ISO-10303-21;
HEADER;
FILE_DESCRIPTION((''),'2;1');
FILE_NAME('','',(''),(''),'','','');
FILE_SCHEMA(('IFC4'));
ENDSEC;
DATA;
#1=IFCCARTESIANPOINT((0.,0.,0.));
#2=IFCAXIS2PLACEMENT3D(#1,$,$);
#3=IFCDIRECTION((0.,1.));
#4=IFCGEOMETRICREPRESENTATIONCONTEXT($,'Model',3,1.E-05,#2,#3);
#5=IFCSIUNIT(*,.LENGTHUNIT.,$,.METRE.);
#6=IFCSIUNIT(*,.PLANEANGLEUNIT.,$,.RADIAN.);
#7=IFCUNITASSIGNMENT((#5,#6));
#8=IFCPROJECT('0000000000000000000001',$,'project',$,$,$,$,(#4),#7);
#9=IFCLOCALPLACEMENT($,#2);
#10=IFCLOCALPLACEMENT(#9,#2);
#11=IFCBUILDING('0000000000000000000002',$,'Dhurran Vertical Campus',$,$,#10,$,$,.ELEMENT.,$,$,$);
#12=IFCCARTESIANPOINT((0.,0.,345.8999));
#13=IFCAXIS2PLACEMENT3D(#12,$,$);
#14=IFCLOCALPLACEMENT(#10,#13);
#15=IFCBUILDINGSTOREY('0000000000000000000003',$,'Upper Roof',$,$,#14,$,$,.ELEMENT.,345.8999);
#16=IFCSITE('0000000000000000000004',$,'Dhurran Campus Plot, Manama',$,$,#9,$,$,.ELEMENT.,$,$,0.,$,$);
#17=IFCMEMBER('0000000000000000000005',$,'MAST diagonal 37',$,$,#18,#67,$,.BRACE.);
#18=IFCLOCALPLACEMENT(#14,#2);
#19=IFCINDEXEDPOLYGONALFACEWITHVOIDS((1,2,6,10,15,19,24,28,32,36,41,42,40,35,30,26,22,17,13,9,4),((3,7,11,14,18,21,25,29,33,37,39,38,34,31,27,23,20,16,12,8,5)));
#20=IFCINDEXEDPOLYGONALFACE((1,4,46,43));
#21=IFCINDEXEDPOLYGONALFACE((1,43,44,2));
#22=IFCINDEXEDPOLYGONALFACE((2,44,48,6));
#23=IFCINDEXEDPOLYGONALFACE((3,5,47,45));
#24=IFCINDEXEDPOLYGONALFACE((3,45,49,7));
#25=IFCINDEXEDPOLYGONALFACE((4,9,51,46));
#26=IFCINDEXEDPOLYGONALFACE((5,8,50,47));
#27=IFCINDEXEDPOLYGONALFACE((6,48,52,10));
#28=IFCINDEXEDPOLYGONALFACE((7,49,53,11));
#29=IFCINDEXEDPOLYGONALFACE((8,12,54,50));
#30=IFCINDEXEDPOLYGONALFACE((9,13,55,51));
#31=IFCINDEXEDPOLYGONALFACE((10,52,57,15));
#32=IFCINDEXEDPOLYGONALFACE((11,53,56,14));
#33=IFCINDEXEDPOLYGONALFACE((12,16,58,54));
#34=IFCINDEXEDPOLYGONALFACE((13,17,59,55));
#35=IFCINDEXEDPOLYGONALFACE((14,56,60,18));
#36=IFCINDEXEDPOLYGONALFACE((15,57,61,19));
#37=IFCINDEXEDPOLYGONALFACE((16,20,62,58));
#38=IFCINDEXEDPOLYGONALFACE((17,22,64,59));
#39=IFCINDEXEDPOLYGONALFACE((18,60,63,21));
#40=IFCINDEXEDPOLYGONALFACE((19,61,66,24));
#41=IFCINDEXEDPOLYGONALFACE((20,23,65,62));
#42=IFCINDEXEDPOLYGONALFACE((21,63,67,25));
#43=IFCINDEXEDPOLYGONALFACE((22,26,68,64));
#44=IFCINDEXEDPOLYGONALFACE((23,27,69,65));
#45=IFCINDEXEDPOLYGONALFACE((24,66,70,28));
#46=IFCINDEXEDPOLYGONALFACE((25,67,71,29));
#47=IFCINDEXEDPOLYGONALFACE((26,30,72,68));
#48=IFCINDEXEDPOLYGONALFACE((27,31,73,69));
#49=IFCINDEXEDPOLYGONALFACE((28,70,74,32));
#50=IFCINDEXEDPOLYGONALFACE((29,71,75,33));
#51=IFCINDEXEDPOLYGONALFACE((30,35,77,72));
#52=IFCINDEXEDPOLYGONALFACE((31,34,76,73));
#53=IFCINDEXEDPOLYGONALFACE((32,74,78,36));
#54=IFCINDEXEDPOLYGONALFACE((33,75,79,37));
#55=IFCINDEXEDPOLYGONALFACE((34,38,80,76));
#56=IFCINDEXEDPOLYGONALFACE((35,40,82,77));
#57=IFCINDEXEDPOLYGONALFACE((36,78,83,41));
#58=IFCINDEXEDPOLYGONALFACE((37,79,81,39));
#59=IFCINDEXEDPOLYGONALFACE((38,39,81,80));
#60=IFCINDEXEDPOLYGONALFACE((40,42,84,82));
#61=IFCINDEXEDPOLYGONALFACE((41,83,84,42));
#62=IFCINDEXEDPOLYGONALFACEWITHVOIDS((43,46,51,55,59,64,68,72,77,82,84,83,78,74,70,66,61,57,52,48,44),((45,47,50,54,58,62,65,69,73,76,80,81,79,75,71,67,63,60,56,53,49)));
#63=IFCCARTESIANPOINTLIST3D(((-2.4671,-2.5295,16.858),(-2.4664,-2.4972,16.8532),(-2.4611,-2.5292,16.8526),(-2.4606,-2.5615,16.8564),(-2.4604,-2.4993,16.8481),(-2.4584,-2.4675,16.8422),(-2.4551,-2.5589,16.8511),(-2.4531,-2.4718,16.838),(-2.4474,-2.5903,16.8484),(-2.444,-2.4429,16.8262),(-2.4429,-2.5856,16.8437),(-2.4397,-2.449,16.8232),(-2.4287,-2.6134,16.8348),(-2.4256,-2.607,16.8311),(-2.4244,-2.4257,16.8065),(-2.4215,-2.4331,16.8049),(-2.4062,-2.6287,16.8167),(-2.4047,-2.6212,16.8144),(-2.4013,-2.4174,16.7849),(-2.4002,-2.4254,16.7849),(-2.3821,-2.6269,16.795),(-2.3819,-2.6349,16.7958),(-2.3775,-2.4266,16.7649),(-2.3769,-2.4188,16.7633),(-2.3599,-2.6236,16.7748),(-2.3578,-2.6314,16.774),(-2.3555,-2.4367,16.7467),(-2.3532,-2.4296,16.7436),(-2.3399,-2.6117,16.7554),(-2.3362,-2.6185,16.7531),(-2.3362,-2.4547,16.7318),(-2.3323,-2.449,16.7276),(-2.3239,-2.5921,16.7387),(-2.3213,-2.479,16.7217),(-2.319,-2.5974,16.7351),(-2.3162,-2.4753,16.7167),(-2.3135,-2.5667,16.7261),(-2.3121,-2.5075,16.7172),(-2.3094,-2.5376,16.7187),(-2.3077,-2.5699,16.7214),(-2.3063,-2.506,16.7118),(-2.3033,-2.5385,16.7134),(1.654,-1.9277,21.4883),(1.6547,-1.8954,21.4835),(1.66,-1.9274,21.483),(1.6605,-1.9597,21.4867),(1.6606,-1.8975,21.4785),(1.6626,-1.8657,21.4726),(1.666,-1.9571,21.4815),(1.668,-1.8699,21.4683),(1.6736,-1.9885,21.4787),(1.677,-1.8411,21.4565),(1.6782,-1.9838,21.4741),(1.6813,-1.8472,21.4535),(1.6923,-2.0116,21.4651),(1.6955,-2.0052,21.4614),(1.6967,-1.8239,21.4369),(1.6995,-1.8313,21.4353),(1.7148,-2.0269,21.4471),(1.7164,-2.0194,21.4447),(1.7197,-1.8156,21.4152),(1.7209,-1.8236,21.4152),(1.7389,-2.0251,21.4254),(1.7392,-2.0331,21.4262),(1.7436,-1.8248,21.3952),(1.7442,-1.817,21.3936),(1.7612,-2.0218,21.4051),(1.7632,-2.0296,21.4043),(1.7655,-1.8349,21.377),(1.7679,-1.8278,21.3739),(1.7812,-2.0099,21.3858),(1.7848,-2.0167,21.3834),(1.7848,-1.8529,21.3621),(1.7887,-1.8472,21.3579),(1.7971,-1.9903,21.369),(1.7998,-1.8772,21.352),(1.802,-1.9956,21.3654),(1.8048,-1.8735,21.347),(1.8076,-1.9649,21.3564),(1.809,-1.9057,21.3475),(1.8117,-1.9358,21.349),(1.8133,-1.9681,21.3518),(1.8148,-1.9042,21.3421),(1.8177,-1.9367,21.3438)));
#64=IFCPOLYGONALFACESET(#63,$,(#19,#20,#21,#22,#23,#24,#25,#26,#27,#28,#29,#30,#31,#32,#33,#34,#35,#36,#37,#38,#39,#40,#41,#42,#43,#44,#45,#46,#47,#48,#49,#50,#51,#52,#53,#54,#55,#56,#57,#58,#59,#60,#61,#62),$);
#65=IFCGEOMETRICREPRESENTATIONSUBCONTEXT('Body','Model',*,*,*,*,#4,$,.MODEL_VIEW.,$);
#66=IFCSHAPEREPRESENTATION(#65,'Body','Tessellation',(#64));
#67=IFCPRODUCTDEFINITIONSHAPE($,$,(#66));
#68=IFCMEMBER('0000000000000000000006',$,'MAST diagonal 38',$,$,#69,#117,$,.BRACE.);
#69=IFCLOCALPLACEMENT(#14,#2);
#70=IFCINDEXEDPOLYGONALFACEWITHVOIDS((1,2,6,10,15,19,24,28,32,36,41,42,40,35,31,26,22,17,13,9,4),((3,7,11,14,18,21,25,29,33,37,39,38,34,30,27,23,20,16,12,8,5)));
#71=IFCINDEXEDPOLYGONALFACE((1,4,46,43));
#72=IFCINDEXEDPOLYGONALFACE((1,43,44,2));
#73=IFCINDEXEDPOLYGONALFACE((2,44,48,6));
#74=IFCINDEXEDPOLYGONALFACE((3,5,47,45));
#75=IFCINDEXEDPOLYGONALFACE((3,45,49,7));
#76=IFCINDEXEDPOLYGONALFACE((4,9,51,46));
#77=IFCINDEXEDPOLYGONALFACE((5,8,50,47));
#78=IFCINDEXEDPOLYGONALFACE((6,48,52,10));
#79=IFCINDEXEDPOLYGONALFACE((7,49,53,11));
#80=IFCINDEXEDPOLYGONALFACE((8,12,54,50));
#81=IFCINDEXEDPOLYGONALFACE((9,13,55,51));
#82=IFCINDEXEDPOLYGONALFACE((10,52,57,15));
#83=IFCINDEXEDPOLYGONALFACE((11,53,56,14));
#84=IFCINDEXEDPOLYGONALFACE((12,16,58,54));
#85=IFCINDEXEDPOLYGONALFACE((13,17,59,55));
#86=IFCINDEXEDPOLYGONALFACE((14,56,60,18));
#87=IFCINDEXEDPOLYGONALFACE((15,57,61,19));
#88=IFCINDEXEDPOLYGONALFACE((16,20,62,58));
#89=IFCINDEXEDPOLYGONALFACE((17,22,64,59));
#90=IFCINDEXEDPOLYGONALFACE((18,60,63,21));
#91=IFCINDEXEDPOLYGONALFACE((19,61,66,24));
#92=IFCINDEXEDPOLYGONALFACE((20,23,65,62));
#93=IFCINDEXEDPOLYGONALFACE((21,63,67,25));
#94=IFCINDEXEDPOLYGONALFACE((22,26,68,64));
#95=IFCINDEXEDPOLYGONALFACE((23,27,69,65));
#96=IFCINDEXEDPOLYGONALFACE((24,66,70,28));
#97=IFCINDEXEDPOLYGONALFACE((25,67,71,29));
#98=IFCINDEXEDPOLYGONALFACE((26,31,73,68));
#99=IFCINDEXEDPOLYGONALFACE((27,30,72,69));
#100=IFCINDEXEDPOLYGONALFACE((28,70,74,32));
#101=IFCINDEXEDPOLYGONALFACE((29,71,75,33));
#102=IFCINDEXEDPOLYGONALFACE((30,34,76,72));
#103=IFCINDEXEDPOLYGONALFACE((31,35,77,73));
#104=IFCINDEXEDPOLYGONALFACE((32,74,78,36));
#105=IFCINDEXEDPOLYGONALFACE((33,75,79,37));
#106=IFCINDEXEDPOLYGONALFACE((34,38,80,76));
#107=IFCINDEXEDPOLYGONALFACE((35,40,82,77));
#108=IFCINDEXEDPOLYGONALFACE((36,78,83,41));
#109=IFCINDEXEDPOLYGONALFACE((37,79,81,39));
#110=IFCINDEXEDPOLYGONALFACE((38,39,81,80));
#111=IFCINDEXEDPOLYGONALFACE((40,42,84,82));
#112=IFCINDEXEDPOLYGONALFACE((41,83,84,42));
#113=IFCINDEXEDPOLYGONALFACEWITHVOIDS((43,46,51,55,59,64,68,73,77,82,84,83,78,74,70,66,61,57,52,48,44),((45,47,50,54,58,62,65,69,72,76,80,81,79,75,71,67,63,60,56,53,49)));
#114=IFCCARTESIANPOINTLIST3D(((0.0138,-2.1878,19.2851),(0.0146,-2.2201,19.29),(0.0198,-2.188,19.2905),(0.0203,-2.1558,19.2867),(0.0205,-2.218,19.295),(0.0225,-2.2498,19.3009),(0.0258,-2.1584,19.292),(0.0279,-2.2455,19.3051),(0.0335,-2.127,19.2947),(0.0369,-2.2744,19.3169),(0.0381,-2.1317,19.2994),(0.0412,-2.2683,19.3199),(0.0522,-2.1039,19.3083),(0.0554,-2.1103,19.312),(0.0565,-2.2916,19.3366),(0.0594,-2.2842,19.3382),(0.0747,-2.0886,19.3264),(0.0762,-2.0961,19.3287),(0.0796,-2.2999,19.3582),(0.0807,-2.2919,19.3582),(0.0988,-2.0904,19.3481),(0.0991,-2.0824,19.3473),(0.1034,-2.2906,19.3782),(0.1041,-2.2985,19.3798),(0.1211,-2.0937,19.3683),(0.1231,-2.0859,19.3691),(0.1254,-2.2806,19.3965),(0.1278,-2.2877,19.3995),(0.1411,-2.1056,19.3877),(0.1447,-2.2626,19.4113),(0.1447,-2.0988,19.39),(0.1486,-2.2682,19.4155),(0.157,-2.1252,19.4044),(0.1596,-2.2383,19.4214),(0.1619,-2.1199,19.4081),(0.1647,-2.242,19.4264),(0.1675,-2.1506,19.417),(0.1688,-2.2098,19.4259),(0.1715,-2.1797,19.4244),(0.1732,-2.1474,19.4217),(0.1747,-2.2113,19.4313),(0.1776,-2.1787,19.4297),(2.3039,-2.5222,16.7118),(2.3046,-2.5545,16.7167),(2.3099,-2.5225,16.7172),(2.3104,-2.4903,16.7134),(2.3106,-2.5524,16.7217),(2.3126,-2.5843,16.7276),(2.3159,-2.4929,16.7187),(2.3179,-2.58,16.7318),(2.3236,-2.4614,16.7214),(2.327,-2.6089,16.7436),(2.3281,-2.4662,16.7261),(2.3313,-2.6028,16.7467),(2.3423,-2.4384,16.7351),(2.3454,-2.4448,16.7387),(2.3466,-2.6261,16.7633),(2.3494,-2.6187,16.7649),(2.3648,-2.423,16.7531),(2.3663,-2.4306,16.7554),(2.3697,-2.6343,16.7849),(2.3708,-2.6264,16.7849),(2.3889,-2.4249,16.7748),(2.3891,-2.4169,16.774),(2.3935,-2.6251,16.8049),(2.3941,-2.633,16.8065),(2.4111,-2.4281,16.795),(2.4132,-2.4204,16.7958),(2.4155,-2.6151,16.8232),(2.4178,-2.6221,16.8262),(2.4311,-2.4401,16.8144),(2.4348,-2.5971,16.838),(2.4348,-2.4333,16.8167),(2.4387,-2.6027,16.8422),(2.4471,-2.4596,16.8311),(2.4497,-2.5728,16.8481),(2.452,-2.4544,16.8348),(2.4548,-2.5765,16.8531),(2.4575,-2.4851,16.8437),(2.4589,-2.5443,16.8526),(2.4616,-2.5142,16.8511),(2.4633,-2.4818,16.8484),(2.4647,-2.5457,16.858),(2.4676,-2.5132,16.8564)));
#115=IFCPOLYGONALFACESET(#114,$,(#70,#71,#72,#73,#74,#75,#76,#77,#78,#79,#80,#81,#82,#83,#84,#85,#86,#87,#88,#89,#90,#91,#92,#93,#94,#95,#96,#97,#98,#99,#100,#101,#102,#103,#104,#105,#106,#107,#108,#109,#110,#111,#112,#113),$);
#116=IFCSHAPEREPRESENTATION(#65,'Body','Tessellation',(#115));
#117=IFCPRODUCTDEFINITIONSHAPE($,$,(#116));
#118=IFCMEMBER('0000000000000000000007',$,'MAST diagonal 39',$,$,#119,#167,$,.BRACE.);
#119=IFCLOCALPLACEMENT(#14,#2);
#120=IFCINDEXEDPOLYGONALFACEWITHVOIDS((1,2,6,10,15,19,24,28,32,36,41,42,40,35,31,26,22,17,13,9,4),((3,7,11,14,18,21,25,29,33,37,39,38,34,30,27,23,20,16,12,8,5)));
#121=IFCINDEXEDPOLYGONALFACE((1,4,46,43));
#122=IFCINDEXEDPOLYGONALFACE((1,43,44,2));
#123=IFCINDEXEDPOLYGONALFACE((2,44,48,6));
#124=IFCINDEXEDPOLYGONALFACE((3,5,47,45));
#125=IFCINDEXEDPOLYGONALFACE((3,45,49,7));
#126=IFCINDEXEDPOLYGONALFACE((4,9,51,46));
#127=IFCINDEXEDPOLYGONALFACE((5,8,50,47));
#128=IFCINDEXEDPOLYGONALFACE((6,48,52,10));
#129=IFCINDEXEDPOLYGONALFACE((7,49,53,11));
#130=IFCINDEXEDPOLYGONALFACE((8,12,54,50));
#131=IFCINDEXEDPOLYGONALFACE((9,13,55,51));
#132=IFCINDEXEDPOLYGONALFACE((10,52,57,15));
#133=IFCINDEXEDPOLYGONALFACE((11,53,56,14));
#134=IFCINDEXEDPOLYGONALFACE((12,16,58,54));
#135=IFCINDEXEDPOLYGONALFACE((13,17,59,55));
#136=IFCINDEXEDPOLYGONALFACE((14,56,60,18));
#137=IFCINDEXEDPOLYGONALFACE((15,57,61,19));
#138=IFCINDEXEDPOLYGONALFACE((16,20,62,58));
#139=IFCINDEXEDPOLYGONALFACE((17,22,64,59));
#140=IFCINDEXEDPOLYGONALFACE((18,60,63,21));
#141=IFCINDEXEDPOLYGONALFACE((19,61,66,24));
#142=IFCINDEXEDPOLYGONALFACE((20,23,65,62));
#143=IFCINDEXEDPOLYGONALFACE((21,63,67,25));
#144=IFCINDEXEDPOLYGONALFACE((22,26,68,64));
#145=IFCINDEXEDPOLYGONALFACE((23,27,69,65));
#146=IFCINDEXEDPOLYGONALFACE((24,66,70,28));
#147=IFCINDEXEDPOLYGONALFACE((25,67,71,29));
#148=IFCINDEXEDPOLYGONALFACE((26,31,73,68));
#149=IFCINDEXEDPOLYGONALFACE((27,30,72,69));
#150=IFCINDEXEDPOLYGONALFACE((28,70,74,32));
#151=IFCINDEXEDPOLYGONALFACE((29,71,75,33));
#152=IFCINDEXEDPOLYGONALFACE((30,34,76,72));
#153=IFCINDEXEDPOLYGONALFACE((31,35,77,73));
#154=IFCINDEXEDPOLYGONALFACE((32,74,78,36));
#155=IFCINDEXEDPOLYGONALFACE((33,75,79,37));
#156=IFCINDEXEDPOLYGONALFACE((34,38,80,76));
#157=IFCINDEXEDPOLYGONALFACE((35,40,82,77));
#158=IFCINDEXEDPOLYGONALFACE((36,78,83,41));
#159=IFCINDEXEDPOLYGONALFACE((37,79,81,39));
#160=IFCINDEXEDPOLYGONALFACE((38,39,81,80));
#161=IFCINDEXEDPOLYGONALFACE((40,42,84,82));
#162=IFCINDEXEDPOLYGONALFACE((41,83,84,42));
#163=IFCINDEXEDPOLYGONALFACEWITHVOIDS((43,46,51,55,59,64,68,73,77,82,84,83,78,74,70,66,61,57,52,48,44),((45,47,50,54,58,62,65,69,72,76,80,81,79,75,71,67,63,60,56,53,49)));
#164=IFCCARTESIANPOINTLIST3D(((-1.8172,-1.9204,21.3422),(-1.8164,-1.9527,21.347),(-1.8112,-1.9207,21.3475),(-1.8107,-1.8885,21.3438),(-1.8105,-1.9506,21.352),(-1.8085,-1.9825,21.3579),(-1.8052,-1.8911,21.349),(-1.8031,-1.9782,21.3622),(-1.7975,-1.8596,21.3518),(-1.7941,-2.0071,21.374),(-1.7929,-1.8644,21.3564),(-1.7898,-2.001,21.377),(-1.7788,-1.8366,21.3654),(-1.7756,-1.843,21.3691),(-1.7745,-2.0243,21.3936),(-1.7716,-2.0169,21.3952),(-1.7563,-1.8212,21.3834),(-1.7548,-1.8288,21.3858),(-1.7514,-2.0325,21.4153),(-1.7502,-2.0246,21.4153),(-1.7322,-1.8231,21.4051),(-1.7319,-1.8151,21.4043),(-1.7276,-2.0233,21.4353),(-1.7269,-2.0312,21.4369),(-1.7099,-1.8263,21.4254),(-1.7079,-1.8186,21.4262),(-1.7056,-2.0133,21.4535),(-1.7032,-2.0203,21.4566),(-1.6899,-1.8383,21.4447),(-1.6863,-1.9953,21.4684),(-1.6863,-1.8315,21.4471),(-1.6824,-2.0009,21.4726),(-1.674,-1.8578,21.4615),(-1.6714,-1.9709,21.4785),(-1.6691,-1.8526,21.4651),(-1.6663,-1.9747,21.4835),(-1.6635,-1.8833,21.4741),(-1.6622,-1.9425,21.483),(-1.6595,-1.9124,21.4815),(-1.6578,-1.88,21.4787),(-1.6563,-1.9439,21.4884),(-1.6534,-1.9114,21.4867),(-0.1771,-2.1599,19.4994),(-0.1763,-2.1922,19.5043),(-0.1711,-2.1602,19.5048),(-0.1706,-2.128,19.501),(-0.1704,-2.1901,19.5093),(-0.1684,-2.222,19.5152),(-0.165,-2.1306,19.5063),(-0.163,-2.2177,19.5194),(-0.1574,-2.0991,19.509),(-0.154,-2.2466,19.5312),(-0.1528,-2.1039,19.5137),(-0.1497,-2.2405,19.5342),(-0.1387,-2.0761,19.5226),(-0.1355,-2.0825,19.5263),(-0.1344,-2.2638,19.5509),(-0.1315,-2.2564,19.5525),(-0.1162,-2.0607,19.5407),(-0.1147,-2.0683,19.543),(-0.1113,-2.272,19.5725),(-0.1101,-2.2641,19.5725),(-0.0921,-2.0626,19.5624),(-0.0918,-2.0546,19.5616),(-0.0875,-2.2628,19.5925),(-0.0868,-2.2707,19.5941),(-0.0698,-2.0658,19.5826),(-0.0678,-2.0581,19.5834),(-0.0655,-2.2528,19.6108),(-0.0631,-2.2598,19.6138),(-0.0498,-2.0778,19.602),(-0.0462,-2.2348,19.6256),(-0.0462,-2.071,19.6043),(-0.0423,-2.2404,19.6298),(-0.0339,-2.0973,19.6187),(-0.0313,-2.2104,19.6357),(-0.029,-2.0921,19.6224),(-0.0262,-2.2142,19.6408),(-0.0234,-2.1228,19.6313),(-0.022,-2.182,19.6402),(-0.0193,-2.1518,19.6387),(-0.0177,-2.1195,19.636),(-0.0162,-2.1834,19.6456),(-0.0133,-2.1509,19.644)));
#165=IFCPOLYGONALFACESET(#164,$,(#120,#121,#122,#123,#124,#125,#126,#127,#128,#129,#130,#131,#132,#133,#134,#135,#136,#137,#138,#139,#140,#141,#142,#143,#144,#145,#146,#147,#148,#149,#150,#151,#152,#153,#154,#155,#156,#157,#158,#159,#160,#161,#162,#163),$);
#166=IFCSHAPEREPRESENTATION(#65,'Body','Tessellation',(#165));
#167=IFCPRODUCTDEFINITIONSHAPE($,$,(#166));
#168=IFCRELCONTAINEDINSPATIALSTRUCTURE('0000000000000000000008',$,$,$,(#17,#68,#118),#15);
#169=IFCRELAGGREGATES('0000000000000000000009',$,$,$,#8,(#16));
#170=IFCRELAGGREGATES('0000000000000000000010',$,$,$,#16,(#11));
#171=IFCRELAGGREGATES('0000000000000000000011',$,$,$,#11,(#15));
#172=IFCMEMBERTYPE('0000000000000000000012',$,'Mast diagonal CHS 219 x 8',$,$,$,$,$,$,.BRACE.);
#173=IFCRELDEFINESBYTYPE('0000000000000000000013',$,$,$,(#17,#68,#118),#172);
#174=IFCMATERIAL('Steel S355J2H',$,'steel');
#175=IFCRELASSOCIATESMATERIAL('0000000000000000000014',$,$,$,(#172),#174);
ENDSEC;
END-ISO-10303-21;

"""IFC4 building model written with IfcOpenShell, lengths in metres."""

from ifc_helpers import new_model, si_unit, direction, frame, origin, origin_2d, place, context, subcontext, project, spatial, hollow_circle, extrude, material, material_profile, profile_set, type_object, element, save


model = new_model("IFC4")

# Units and contexts
model_context = context("Model", 3, precision=1e-05, world=origin(), true_north=direction((0.0, 1.0)))
body_context = subcontext(model_context, "Body", "Model", "MODEL_VIEW")
ifc_project = project(units=[si_unit("LENGTHUNIT", "METRE"), si_unit("PLANEANGLEUNIT", "RADIAN")], contexts=[model_context])

# Site, building, storey
site_placement = place(None, origin())
site = spatial("IfcSite", under=ifc_project, at=site_placement, Name="Dhurran Campus Plot, Manama", CompositionType="ELEMENT", RefElevation=0.0)
building_placement = place(site_placement, origin())
building = spatial("IfcBuilding", under=site, at=building_placement, Name="Dhurran Vertical Campus", CompositionType="ELEMENT")
storey_placement = place(building_placement, frame((0.0, 0.0, 345.8999)))
storey = spatial("IfcBuildingStorey", under=building, at=storey_placement, Name="Upper Roof", CompositionType="ELEMENT", Elevation=345.8999)

# Members
ifc_material_1 = material(Name="Steel S355J2H", Category="steel")
ifc_material_profile_1 = material_profile(ifc_material_1, hollow_circle(Radius=0.1096, WallThickness=0.0081, at=origin_2d()), Name="CHS219x8")
ifc_profile_set_1 = profile_set([ifc_material_profile_1], Name="Steel S355J2H")
member_type_1 = type_object("IfcMemberType", Name="Mast diagonal CHS 219 x 8", PredefinedType="BRACE", material=ifc_profile_set_1)
member_1_placement = place(storey_placement, frame((-2.3855, -2.5259, 16.7849), z_axis=(0.661722, 0.096632, 0.743496), x_axis=(-0.144498, 0.989505, 0.0)))
element("IfcMember", 1, at=member_1_placement, inside=storey, type_object=member_type_1, Name="MAST diagonal 37", PredefinedType="BRACE", context=body_context, shape_type="SweptSolid", body=[
    extrude(hollow_circle(Radius=0.1096, WallThickness=0.0081, at=origin_2d()), origin(), (0.0, 0.0, 1.0), 6.2278),
])
member_2_placement = place(storey_placement, frame((2.3855, -2.5259, 16.7849), z_axis=(-0.661692, 0.096644, 0.743521), x_axis=(-0.144522, -0.989502, 0.0)))
element("IfcMember", 2, at=member_2_placement, inside=storey, type_object=member_type_1, Name="MAST diagonal 38", PredefinedType="BRACE", context=body_context, shape_type="SweptSolid", body=[
    extrude(hollow_circle(Radius=0.1096, WallThickness=0.0081, at=origin_2d()), origin(), (0.0, 0.0, 1.0), 3.4609),
])
member_3_placement = place(storey_placement, frame((-0.0955, -2.1636, 19.5725), z_axis=(-0.661732, 0.09663, 0.743488), x_axis=(-0.144493, -0.989506, 0.0)))
element("IfcMember", 3, at=member_3_placement, inside=storey, type_object=member_type_1, Name="MAST diagonal 39", PredefinedType="BRACE", context=body_context, shape_type="SweptSolid", body=[
    extrude(hollow_circle(Radius=0.1096, WallThickness=0.0081, at=origin_2d()), origin(), (0.0, 0.0, 1.0), 2.4785),
])

save(model, "model.ifc")
